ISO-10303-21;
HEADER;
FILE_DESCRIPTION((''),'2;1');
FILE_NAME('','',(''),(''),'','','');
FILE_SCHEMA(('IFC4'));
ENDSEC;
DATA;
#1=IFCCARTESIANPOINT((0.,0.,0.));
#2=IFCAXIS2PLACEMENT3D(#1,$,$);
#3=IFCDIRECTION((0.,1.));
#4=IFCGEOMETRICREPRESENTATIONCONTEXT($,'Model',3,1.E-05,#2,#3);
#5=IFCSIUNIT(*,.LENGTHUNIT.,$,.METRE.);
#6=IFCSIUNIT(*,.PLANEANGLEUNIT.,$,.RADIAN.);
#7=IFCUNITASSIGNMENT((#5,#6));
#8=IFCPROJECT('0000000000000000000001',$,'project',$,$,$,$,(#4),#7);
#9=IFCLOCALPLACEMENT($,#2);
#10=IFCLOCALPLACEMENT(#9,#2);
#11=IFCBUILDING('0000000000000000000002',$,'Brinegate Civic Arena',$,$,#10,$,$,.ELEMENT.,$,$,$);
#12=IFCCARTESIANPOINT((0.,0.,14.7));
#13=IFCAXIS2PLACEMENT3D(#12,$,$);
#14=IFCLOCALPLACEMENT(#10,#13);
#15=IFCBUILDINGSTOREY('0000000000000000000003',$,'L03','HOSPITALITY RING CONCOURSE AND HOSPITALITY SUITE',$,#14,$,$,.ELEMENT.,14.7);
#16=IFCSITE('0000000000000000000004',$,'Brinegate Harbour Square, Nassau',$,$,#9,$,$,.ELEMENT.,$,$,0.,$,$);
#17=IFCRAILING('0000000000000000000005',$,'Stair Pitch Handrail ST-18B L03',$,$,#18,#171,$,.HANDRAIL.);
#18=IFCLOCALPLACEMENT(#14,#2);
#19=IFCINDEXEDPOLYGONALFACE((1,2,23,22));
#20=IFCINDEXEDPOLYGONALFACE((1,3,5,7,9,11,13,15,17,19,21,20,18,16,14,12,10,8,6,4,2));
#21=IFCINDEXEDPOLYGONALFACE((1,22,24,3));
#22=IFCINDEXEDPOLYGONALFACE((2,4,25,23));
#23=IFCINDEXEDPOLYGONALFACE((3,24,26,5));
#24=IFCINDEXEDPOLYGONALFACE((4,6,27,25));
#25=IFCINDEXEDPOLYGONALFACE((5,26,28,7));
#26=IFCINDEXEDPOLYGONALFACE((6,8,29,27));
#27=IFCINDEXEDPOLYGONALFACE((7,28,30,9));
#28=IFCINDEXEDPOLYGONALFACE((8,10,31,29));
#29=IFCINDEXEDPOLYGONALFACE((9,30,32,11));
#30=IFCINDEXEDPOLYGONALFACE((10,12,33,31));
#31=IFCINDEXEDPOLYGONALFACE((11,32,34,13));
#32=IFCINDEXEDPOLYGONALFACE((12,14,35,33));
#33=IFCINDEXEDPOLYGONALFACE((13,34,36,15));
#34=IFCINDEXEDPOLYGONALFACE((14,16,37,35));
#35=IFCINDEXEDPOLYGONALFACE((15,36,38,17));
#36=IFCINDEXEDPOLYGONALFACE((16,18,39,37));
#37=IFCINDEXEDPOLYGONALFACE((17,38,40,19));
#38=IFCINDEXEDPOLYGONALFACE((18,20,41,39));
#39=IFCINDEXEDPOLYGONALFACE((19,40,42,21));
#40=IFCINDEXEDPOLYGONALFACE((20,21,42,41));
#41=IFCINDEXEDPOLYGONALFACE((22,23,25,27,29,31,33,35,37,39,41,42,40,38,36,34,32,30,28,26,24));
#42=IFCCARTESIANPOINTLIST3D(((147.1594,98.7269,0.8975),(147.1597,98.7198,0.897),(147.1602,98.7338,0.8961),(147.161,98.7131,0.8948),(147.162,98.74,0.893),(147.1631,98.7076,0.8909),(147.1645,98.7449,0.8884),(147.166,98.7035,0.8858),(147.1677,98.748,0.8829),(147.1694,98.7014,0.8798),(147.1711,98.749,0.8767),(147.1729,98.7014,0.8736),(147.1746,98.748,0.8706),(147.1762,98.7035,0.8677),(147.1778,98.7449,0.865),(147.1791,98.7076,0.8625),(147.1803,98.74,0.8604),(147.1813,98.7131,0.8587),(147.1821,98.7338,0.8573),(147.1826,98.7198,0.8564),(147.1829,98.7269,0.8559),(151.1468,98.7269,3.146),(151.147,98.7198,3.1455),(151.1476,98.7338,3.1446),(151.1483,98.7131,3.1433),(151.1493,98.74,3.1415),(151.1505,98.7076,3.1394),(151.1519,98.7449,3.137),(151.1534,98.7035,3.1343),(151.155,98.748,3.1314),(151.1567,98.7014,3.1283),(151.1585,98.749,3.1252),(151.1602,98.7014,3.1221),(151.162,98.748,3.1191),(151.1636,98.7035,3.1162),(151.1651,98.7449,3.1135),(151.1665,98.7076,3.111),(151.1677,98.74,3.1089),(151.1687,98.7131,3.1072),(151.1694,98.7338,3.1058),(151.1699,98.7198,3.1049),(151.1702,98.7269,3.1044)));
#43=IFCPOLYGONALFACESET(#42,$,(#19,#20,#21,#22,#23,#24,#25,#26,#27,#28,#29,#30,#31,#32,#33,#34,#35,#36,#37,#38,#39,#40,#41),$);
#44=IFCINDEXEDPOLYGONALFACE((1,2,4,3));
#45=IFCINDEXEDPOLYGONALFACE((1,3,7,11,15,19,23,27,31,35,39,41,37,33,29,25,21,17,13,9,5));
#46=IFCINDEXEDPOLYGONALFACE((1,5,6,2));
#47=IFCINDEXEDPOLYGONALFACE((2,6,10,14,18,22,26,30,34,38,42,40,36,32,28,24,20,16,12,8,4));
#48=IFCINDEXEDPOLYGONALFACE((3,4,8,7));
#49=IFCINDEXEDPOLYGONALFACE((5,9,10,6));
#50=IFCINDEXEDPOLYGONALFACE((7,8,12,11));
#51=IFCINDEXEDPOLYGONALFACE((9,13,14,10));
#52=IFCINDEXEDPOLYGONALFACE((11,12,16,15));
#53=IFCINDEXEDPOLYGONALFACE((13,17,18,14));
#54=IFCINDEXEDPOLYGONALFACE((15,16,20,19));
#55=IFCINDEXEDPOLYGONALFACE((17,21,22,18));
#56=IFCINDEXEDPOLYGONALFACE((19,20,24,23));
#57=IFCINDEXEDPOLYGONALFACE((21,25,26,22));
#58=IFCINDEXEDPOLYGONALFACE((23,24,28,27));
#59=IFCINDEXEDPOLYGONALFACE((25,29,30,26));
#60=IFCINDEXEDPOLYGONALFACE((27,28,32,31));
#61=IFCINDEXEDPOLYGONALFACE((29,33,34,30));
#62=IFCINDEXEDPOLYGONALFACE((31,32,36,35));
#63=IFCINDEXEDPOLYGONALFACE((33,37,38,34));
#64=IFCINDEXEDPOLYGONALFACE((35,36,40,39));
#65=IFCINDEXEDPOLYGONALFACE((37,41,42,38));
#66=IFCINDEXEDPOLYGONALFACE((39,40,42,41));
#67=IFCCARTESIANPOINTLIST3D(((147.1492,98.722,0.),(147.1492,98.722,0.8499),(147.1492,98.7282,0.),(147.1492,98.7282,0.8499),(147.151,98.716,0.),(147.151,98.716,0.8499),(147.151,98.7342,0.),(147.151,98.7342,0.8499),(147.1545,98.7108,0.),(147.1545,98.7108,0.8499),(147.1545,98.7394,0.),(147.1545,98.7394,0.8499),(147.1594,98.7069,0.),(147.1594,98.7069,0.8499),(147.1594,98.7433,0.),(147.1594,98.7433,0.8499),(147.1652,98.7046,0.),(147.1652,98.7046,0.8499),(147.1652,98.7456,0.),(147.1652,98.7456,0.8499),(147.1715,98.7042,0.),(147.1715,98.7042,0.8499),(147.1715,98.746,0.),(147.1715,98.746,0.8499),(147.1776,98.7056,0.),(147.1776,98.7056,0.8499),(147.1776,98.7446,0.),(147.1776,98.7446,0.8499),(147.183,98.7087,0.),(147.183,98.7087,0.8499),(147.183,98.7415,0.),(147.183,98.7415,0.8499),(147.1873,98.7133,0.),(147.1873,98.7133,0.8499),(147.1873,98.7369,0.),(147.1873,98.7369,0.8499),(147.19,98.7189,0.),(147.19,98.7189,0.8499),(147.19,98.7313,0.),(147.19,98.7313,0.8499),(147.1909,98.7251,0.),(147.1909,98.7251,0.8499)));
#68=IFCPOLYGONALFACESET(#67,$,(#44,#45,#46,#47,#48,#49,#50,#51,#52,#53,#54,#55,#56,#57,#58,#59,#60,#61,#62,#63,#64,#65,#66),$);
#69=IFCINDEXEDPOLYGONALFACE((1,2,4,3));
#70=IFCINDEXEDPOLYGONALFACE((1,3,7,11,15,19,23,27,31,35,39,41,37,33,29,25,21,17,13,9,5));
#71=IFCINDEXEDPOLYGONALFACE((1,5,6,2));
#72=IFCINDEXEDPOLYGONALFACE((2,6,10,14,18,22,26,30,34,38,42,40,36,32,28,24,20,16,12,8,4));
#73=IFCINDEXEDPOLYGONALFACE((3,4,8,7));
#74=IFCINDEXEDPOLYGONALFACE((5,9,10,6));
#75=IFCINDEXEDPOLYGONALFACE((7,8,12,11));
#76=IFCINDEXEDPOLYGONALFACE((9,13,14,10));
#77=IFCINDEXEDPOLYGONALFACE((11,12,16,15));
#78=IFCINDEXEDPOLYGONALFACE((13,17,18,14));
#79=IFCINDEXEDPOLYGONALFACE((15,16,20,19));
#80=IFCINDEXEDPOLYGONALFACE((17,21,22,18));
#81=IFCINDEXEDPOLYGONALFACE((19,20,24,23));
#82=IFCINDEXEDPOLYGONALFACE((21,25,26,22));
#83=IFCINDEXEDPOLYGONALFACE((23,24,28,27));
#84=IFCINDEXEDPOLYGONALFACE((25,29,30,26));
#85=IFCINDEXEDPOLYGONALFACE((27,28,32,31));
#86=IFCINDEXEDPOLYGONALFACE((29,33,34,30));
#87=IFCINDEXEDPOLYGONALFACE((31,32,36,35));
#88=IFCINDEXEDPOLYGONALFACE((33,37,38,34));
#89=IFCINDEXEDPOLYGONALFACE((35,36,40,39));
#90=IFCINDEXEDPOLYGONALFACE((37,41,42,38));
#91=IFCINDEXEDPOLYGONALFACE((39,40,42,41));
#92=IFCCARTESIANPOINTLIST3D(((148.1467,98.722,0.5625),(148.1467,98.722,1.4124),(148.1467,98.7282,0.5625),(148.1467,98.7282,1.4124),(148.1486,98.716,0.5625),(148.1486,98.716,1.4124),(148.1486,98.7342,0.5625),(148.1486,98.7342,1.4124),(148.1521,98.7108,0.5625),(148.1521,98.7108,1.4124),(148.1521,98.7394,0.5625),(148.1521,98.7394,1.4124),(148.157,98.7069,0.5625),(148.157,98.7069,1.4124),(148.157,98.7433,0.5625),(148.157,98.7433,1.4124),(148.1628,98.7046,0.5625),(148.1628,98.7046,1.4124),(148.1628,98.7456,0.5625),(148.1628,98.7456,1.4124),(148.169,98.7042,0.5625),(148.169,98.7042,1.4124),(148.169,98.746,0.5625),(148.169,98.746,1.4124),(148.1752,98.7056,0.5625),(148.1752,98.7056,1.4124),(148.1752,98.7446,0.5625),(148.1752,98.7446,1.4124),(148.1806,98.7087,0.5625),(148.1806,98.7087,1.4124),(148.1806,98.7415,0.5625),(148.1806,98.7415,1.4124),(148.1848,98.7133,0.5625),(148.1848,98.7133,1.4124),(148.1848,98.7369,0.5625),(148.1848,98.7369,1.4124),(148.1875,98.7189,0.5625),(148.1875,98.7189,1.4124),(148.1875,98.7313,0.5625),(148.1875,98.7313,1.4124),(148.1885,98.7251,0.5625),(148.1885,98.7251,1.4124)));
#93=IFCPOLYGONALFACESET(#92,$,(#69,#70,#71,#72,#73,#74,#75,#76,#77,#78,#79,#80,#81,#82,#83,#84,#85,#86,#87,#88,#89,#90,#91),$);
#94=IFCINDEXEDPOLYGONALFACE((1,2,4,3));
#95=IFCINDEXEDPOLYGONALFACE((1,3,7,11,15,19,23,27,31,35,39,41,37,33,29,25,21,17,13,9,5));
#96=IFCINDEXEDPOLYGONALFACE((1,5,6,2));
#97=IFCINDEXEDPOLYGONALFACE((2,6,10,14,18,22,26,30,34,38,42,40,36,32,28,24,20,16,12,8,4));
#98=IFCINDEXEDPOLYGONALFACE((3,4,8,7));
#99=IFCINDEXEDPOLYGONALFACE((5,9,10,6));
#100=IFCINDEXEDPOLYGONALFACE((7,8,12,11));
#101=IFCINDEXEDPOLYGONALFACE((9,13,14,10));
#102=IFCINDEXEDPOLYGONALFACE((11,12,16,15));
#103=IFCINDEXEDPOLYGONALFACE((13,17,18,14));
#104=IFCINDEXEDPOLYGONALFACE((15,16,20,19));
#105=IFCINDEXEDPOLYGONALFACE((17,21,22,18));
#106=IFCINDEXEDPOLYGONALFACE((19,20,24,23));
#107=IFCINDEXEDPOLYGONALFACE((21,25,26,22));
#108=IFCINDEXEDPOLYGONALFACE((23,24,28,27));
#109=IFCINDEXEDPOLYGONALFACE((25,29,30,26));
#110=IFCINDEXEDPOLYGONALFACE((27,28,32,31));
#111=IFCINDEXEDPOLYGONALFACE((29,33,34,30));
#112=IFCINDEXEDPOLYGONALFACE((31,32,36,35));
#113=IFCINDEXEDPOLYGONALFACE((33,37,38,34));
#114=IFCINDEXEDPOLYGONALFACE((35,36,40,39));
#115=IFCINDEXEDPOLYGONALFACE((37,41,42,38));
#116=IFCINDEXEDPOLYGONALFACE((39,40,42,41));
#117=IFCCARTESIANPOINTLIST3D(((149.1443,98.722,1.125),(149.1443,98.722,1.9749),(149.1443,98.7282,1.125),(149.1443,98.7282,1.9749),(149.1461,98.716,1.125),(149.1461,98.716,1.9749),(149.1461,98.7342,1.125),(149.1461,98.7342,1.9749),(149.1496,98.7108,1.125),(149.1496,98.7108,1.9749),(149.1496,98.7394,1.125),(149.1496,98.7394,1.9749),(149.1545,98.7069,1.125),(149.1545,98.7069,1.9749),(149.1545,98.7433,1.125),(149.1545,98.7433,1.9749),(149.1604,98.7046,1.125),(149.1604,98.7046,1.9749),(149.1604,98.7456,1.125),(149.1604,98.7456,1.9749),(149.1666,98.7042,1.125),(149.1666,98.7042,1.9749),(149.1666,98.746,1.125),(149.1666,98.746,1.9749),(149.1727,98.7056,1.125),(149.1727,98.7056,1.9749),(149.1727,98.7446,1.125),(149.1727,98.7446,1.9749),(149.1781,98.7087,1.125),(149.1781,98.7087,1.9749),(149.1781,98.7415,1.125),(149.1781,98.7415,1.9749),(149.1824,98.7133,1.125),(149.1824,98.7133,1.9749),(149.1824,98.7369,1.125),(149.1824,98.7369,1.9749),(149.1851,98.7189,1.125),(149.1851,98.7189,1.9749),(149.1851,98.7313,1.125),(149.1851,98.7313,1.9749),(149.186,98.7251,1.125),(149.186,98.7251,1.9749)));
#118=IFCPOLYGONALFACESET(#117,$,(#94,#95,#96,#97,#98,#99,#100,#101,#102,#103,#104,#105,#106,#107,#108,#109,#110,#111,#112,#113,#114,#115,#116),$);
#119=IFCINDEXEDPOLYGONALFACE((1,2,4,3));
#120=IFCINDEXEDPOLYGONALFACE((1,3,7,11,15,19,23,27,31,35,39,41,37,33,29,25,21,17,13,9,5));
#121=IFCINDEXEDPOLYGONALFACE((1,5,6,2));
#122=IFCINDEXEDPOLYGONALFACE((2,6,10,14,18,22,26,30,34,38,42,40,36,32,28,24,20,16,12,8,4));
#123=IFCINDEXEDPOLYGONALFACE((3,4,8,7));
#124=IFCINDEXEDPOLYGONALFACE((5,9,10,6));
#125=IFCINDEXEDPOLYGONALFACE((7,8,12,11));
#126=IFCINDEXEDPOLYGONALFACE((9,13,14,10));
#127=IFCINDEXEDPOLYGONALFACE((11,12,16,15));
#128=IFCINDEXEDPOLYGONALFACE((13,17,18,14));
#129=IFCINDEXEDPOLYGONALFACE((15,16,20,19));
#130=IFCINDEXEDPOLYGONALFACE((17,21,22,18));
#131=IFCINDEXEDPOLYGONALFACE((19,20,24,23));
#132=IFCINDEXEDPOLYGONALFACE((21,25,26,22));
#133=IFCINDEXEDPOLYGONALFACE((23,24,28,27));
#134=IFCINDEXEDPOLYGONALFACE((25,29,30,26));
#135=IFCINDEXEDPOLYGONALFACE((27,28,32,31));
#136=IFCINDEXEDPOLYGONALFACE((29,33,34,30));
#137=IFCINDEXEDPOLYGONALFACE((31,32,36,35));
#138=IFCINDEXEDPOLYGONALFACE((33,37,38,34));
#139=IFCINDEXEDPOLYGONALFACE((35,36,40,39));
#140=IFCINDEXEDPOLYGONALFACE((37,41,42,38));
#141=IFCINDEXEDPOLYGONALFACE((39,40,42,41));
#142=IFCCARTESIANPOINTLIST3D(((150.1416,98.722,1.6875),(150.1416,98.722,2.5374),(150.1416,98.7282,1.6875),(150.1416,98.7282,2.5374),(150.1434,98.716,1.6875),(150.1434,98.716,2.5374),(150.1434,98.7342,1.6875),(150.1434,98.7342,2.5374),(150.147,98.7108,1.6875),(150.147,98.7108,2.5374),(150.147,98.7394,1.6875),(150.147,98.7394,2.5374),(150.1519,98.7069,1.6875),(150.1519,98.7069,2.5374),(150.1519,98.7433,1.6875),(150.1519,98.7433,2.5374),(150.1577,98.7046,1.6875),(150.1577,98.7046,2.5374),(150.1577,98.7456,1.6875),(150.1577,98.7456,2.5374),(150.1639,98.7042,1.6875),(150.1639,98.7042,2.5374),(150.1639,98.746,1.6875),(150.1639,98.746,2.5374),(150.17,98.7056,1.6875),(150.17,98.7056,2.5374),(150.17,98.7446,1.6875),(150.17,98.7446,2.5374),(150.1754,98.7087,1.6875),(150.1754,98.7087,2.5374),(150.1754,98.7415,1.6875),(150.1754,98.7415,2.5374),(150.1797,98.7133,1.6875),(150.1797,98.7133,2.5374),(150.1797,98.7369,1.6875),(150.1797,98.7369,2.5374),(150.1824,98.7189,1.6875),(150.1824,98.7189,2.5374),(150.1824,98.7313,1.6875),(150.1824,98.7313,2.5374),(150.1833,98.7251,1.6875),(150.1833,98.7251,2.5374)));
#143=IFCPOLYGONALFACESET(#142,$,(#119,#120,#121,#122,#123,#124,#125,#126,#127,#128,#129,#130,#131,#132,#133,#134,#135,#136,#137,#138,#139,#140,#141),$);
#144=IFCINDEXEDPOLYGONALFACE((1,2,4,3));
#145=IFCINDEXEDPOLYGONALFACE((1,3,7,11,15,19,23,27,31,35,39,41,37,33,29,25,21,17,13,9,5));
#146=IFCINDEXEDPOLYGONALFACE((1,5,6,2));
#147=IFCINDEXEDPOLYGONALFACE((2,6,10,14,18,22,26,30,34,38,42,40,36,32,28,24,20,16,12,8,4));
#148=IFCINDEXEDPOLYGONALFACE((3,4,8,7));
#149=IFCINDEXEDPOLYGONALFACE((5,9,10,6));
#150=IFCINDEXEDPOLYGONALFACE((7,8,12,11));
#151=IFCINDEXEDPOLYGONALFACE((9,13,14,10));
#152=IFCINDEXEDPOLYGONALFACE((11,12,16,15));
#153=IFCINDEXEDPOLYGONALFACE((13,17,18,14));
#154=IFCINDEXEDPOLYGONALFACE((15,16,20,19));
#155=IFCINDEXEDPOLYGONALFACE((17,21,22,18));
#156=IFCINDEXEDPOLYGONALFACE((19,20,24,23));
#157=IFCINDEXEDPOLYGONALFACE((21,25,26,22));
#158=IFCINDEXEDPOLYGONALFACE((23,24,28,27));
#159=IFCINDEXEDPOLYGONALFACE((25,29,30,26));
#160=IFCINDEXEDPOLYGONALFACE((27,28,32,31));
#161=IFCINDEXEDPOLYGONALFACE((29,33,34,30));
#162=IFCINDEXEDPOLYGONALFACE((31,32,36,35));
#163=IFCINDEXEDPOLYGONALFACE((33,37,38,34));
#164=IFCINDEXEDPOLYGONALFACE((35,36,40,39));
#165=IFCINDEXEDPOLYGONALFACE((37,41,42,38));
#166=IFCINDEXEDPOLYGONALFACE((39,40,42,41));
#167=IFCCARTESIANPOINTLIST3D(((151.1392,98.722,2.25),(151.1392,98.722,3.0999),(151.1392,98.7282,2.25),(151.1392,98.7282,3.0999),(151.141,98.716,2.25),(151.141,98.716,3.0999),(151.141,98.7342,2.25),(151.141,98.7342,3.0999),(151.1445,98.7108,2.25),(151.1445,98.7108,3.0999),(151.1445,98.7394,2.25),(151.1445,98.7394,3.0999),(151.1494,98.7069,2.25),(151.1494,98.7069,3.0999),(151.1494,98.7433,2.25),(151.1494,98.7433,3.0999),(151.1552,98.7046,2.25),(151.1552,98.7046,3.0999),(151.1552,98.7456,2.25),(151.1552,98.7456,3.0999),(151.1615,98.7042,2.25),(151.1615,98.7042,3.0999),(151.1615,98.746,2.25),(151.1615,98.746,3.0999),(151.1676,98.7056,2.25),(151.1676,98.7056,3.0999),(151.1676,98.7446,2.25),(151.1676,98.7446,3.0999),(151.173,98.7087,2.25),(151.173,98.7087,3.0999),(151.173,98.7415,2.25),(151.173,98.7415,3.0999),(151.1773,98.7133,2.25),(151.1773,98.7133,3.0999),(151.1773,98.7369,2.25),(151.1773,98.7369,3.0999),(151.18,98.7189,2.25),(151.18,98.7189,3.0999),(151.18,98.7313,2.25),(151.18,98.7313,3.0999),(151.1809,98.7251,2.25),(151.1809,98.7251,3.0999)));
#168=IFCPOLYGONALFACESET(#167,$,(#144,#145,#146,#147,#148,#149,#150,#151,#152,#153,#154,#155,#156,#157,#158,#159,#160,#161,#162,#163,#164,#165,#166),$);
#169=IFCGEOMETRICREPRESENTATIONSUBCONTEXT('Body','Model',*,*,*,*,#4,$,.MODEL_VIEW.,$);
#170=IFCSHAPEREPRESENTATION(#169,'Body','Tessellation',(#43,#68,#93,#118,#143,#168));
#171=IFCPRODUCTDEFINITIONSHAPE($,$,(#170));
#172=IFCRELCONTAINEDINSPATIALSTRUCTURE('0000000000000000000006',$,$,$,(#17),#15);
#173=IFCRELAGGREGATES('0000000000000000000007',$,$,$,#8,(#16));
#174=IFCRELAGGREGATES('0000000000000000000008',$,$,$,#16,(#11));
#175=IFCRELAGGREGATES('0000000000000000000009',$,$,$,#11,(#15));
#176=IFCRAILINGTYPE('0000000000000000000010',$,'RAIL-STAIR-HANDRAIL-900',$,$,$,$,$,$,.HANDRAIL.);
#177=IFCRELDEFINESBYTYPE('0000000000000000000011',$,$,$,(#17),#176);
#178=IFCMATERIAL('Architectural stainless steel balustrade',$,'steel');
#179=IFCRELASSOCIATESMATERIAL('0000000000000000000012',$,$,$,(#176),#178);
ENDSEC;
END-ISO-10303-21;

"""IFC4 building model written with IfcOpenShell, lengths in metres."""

from ifc_helpers import new_model, si_unit, direction, frame, origin, origin_2d, place, context, subcontext, project, spatial, circle, extrude, material, type_object, element, save


model = new_model("IFC4")

# Units and contexts
model_context = context("Model", 3, precision=1e-05, world=origin(), true_north=direction((0.0, 1.0)))
body_context = subcontext(model_context, "Body", "Model", "MODEL_VIEW")
ifc_project = project(units=[si_unit("LENGTHUNIT", "METRE"), si_unit("PLANEANGLEUNIT", "RADIAN")], contexts=[model_context])

# Site, building, storey
site_placement = place(None, origin())
site = spatial("IfcSite", under=ifc_project, at=site_placement, Name="Brinegate Harbour Square, Nassau", CompositionType="ELEMENT", RefElevation=0.0)
building_placement = place(site_placement, origin())
building = spatial("IfcBuilding", under=site, at=building_placement, Name="Brinegate Civic Arena", CompositionType="ELEMENT")
storey_placement = place(building_placement, frame((0.0, 0.0, 14.7)))
storey = spatial("IfcBuildingStorey", under=building, at=storey_placement, Name="L03", Description="HOSPITALITY RING CONCOURSE AND HOSPITALITY SUITE", CompositionType="ELEMENT", Elevation=14.7)

# Railing
ifc_material_1 = material(Name="Architectural stainless steel balustrade", Category="steel")
railing_type_1 = type_object("IfcRailingType", Name="RAIL-STAIR-HANDRAIL-900", PredefinedType="HANDRAIL", material=ifc_material_1)
railing_1_placement = place(storey_placement, frame((147.1699, 98.7251, 0.0)))
element("IfcRailing", 1, at=railing_1_placement, inside=storey, type_object=railing_type_1, Name="Stair Pitch Handrail ST-18B L03", PredefinedType="HANDRAIL", context=body_context, shape_type="SweptSolid", body=[
    extrude(circle(Radius=0.0239, at=origin_2d()), frame((0.0012, 0.0, 0.8767), z_axis=(0.87105, 0.0, 0.491195), x_axis=(0.0, 1.0, 0.0)), (0.0, 0.0, 1.0), 4.5776),
    extrude(circle(Radius=0.021, at=origin_2d()), origin(), (0.0, 0.0, 1.0), 0.8499),
    extrude(circle(Radius=0.021, at=origin_2d()), frame((0.9976, 0.0, 0.5625)), (0.0, 0.0, 1.0), 0.8499),
    extrude(circle(Radius=0.021, at=origin_2d()), frame((1.9951, 0.0, 1.125)), (0.0, 0.0, 1.0), 0.8499),
    extrude(circle(Radius=0.021, at=origin_2d()), frame((2.9924, 0.0, 1.6875)), (0.0, 0.0, 1.0), 0.8499),
    extrude(circle(Radius=0.021, at=origin_2d()), frame((3.99, 0.0, 2.25)), (0.0, 0.0, 1.0), 0.8499),
])

save(model, "model.ifc")
